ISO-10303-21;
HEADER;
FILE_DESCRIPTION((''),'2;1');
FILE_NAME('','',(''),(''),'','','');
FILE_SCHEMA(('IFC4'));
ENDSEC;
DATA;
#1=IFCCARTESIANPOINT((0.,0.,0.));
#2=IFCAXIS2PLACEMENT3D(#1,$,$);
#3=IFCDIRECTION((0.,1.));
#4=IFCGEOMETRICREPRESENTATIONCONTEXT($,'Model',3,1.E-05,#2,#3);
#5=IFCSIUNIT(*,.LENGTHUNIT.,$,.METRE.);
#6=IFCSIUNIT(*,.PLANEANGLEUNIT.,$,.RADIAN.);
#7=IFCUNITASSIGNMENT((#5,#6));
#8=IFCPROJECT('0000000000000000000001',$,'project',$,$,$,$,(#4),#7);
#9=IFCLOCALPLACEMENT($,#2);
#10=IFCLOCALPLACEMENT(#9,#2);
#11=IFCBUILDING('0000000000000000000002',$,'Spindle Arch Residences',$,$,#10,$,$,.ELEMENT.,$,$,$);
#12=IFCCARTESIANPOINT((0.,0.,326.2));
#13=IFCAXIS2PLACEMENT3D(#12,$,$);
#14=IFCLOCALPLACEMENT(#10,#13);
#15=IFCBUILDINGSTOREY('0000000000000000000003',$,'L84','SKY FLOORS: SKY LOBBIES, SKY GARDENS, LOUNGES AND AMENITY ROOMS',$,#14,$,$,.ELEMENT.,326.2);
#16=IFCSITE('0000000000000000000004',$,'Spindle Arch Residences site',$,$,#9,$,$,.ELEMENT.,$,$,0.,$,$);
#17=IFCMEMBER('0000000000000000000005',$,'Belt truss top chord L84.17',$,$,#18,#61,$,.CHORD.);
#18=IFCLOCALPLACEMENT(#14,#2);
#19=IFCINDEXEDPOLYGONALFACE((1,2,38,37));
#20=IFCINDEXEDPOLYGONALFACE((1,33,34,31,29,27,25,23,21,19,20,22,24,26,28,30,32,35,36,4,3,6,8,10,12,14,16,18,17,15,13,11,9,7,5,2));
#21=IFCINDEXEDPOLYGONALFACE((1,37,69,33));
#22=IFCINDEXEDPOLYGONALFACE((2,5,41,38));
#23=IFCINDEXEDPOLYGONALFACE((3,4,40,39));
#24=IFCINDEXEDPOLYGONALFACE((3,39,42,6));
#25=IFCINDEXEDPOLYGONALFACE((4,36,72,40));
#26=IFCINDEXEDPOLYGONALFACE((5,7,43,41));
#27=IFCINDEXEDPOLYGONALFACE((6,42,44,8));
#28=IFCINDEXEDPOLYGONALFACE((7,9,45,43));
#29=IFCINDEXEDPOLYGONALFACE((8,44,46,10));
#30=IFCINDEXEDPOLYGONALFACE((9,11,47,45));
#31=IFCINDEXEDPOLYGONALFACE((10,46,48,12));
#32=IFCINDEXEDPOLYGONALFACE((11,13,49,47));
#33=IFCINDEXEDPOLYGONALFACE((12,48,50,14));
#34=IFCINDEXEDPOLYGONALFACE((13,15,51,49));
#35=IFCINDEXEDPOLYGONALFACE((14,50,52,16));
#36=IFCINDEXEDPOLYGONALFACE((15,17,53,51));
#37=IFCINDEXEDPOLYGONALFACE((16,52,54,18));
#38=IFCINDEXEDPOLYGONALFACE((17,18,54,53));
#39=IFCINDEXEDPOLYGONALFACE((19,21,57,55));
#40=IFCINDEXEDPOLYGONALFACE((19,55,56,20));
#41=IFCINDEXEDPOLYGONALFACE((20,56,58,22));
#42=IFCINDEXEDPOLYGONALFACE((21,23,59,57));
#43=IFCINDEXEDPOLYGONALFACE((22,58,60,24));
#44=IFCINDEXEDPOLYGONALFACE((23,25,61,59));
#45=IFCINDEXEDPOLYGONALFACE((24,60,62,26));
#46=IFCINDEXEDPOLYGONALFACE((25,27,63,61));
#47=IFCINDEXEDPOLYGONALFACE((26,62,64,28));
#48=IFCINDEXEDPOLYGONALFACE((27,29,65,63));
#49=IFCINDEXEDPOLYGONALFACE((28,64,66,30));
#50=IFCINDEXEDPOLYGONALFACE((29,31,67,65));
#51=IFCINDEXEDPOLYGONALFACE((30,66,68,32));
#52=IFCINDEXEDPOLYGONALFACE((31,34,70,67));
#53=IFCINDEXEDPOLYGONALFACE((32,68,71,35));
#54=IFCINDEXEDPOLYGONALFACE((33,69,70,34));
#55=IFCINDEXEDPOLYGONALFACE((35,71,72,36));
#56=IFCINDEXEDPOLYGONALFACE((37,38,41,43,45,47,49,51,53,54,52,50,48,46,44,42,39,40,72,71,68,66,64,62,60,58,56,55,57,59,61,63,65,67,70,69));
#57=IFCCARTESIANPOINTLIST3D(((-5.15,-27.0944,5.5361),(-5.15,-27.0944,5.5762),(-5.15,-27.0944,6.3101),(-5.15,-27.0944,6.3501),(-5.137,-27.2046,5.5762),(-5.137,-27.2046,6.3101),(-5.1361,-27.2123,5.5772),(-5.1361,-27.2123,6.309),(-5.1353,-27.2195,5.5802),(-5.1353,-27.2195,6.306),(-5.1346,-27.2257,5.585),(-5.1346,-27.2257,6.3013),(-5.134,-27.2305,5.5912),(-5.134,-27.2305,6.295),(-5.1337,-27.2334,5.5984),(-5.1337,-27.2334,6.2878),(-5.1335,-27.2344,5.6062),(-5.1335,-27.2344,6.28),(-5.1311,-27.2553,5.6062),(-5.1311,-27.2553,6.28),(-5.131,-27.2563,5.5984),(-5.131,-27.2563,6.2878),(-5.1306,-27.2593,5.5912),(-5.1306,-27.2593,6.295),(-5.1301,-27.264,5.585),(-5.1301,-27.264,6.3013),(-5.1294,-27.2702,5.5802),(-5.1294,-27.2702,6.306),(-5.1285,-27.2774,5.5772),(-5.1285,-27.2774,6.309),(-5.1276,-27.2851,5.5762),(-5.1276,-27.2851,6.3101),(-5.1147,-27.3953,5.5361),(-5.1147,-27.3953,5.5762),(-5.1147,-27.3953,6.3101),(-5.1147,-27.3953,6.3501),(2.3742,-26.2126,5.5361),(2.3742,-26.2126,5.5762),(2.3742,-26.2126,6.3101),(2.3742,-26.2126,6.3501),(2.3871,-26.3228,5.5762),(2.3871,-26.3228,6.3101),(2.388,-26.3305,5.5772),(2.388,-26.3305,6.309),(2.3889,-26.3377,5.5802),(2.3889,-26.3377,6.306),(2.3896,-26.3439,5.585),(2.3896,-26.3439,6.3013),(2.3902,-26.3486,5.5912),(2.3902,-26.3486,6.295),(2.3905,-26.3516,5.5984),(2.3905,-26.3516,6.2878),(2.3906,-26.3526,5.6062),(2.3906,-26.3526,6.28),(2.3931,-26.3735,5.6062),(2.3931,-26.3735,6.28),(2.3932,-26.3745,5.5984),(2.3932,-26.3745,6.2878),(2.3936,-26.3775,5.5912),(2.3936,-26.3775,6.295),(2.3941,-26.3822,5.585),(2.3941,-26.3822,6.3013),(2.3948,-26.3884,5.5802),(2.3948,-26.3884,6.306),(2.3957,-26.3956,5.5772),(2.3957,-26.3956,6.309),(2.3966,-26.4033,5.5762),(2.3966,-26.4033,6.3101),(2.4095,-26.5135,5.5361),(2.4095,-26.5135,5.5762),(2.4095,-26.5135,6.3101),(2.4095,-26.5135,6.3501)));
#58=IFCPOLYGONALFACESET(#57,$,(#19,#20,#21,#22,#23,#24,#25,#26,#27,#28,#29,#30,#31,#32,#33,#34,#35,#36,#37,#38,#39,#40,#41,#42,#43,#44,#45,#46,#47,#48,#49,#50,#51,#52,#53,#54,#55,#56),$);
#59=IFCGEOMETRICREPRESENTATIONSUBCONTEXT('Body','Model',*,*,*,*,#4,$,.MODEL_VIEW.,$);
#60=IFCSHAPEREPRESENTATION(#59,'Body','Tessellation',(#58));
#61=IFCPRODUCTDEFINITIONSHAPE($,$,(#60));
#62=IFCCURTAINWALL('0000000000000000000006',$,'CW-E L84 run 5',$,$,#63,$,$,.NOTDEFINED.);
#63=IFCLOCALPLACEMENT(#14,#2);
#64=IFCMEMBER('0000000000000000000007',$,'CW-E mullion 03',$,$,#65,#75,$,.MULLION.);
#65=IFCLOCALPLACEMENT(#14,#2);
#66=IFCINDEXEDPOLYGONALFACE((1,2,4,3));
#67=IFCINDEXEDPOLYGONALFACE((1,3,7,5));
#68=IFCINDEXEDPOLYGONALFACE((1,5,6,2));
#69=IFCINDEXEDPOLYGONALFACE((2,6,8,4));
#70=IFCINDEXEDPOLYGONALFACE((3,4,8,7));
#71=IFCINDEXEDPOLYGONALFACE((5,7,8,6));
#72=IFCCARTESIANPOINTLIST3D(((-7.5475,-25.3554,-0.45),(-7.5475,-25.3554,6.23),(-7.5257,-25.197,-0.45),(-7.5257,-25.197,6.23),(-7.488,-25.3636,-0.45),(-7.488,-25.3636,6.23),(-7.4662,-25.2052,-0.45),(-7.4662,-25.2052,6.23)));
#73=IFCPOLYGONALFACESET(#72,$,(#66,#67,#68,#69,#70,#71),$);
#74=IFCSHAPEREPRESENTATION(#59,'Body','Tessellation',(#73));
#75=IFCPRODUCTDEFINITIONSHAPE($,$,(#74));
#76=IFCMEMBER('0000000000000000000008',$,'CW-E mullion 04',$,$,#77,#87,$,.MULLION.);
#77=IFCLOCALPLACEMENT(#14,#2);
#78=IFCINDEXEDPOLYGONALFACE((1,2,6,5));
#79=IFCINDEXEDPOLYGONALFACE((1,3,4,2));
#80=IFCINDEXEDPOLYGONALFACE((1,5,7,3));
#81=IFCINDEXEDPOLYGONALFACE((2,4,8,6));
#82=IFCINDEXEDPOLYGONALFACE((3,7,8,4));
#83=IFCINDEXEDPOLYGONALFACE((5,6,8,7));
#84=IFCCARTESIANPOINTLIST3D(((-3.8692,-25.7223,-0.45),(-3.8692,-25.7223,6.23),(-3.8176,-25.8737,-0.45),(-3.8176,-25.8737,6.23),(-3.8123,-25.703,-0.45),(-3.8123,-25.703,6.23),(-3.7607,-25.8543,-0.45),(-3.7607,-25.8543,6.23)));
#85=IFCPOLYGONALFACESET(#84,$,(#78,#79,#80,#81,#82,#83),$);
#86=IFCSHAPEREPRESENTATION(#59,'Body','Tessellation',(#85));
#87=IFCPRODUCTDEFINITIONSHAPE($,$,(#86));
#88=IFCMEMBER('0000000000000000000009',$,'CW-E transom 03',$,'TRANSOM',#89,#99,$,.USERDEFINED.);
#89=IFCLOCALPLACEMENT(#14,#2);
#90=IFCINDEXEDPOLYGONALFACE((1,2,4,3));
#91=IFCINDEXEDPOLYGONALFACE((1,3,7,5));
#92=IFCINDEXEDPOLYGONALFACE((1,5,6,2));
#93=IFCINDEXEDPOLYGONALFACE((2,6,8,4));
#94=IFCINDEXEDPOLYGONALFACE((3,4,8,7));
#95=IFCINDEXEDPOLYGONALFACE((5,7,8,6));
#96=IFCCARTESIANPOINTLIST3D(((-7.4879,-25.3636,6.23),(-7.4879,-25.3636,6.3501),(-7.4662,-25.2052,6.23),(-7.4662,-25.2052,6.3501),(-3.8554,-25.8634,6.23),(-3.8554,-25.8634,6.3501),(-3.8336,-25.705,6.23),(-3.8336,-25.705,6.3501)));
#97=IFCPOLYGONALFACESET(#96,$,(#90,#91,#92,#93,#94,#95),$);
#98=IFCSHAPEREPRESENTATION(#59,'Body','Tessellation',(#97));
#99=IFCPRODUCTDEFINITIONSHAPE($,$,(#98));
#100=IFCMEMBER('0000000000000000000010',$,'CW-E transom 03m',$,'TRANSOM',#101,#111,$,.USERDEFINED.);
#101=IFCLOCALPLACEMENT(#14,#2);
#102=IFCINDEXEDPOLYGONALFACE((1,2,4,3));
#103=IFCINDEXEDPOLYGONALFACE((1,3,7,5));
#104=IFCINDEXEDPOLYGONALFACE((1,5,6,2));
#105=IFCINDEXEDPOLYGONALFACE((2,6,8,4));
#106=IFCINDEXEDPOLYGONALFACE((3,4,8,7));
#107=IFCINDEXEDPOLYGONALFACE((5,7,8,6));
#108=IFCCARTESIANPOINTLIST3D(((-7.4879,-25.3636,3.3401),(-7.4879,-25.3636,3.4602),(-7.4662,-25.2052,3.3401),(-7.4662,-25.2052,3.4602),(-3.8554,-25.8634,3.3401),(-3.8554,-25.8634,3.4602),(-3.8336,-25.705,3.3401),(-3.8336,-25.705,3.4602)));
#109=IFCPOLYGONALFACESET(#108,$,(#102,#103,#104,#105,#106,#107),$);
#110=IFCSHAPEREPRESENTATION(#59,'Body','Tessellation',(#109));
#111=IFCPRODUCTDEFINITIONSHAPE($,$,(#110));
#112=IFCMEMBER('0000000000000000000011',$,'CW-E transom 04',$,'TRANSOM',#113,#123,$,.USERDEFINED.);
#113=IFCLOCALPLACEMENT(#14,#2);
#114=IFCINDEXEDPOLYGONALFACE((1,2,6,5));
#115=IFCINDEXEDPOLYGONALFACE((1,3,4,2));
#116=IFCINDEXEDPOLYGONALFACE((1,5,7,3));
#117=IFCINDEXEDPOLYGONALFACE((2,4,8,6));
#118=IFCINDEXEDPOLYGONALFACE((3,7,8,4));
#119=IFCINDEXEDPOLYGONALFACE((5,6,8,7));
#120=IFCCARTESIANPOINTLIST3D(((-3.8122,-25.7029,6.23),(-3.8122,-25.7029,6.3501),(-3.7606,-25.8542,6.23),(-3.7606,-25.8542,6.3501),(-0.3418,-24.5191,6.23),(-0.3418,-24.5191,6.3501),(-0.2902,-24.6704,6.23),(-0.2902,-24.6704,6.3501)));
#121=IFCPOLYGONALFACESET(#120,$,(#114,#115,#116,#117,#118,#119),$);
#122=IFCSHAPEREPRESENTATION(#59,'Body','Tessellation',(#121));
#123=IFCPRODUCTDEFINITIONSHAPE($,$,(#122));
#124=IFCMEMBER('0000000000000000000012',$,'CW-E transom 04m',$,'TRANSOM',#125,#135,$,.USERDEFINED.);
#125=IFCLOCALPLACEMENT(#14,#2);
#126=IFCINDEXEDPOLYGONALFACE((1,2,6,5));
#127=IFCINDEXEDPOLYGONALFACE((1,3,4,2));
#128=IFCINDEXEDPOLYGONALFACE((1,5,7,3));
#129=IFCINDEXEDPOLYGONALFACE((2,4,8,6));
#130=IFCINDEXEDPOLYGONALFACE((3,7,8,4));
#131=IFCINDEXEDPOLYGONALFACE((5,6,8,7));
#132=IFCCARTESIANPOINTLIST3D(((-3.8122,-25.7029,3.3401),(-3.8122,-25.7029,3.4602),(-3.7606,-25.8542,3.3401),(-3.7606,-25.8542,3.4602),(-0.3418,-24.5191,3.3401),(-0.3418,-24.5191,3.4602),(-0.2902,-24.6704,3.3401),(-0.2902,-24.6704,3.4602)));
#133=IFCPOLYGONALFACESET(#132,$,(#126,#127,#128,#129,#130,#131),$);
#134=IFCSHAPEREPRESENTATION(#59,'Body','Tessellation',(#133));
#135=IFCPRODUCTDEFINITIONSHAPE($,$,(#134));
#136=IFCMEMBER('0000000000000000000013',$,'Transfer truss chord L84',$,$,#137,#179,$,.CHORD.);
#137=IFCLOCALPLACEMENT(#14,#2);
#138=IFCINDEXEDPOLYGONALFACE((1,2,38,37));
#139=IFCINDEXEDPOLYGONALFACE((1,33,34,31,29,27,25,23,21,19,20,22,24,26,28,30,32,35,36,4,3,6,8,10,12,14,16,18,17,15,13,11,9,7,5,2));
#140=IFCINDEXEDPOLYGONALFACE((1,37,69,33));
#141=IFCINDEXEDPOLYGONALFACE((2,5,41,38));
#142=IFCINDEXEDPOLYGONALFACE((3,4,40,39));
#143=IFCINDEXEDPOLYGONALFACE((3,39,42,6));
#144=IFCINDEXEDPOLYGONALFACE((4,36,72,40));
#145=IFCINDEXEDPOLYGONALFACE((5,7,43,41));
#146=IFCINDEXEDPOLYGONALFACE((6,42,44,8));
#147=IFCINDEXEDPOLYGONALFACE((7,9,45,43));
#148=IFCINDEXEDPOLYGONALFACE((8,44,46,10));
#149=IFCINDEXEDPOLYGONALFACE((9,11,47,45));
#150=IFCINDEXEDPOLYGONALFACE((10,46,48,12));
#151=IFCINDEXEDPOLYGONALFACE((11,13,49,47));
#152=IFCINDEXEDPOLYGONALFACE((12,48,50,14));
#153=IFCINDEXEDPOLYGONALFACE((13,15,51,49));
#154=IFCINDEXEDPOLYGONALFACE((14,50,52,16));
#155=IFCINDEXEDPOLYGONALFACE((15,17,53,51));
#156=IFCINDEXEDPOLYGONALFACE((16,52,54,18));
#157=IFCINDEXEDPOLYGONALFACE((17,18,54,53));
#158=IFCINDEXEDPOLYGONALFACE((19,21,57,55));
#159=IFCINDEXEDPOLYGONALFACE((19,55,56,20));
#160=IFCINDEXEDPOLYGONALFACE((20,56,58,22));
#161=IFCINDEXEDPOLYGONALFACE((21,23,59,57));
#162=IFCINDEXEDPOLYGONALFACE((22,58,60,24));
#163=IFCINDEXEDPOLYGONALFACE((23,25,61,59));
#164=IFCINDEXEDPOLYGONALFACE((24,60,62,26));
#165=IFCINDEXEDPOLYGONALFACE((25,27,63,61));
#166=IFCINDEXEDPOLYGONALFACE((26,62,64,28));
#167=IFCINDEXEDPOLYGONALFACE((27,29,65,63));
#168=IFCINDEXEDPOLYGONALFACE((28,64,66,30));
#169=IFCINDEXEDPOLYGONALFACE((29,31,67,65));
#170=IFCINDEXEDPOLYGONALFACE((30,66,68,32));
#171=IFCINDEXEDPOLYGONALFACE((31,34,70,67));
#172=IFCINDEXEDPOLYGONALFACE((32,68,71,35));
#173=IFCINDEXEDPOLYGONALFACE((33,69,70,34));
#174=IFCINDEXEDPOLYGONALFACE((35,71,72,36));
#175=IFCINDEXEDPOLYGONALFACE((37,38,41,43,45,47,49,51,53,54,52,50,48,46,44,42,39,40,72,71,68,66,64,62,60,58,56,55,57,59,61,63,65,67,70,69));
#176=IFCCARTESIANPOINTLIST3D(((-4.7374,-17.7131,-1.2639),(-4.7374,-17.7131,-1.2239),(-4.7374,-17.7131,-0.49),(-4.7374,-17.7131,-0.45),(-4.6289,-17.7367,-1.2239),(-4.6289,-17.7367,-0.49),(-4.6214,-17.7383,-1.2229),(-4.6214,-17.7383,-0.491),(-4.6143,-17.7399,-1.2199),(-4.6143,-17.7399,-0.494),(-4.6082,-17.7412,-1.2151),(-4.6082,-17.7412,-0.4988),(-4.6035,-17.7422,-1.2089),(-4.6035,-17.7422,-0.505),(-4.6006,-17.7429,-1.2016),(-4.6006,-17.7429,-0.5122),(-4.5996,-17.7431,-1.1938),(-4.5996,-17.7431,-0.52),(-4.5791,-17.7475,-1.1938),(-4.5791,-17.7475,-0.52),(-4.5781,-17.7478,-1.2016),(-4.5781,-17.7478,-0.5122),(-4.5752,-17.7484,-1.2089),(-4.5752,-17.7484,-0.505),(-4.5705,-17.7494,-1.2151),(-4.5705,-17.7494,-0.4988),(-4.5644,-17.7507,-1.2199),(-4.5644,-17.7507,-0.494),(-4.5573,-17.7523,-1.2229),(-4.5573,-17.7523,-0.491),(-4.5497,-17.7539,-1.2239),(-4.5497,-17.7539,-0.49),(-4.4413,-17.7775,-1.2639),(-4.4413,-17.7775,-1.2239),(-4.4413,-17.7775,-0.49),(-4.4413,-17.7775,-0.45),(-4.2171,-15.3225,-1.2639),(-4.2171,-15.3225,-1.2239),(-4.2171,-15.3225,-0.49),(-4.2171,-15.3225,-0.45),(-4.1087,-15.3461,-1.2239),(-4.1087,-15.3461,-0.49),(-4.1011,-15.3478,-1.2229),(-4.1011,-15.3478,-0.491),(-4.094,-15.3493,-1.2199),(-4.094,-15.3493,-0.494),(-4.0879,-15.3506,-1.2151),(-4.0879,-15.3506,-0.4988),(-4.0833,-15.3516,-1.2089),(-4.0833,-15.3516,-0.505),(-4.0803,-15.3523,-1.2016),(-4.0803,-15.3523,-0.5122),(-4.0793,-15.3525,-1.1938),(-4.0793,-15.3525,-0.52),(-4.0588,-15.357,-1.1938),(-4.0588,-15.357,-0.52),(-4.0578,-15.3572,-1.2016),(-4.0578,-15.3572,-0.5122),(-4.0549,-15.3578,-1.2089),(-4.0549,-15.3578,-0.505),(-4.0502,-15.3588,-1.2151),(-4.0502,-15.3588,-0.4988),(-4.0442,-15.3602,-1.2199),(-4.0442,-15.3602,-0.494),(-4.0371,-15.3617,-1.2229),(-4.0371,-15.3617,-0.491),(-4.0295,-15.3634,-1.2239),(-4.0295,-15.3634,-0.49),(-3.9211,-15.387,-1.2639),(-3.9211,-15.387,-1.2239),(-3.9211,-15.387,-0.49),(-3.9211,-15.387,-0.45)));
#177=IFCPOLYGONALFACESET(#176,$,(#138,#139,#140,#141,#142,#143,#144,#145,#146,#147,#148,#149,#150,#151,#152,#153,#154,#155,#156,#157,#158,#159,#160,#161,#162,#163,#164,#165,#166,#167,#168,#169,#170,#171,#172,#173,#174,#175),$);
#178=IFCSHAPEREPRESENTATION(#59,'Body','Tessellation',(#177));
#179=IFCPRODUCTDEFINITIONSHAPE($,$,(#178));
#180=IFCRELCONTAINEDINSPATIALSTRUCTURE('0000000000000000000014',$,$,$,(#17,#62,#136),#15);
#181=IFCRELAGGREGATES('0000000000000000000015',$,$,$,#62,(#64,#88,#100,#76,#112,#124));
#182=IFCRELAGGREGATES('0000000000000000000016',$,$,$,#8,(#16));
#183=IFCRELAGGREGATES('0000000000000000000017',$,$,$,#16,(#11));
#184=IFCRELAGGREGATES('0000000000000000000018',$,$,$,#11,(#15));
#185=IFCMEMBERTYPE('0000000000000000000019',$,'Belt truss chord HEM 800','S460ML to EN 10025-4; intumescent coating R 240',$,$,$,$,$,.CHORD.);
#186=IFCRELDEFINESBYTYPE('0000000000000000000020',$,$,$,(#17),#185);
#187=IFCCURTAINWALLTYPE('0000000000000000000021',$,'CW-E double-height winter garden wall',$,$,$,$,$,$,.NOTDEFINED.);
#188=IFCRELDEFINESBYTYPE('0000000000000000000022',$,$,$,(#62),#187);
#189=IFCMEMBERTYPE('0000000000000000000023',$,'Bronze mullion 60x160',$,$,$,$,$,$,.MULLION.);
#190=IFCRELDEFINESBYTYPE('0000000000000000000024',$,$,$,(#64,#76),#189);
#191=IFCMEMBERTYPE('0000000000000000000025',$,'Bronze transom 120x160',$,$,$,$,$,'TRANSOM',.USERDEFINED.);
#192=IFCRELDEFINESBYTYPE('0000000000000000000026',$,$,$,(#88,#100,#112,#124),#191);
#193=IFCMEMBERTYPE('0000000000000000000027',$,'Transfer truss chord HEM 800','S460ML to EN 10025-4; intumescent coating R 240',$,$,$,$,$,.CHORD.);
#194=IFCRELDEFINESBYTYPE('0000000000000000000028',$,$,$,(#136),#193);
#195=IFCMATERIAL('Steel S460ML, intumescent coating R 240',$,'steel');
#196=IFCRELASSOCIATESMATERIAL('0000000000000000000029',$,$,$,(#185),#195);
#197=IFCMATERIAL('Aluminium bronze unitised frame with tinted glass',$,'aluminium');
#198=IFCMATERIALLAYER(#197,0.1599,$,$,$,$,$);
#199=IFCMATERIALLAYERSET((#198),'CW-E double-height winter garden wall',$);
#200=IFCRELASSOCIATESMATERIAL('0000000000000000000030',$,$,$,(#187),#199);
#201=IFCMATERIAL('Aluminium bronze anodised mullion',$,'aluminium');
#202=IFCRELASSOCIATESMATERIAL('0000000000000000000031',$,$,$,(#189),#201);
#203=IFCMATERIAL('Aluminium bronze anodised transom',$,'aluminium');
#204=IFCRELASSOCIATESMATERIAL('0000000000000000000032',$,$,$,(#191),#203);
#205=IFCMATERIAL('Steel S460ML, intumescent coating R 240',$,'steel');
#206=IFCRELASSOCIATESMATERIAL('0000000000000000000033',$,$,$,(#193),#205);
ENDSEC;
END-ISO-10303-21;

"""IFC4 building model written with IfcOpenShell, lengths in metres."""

from ifc_helpers import new_model, si_unit, direction, frame, origin, origin_2d, place, context, subcontext, project, spatial, rectangle, i_section, extrude, material, layer, layer_set, material_profile, profile_set, type_object, element, aggregate, save


model = new_model("IFC4")

# Units and contexts
model_context = context("Model", 3, precision=1e-05, world=origin(), true_north=direction((0.0, 1.0)))
body_context = subcontext(model_context, "Body", "Model", "MODEL_VIEW")
ifc_project = project(units=[si_unit("LENGTHUNIT", "METRE"), si_unit("PLANEANGLEUNIT", "RADIAN")], contexts=[model_context])

# Site, building, storey
site_placement = place(None, origin())
site = spatial("IfcSite", under=ifc_project, at=site_placement, Name="Spindle Arch Residences site", CompositionType="ELEMENT", RefElevation=0.0)
building_placement = place(site_placement, origin())
building = spatial("IfcBuilding", under=site, at=building_placement, Name="Spindle Arch Residences", CompositionType="ELEMENT")
storey_placement = place(building_placement, frame((0.0, 0.0, 326.2)))
storey = spatial("IfcBuildingStorey", under=building, at=storey_placement, Name="L84", Description="SKY FLOORS: SKY LOBBIES, SKY GARDENS, LOUNGES AND AMENITY ROOMS", CompositionType="ELEMENT", Elevation=326.2)

# Member
ifc_material_1 = material(Name="Steel S460ML, intumescent coating R 240", Category="steel")
ifc_material_profile_1 = material_profile(ifc_material_1, i_section(OverallWidth=0.303, OverallDepth=0.814, WebThickness=0.021, FlangeThickness=0.04, FilletRadius=0.03, at=origin_2d()), Name="HEM 800")
ifc_profile_set_1 = profile_set([ifc_material_profile_1], Name="Steel S460ML, intumescent coating R 240")
member_type_1 = type_object("IfcMemberType", Name="Belt truss chord HEM 800", Description="S460ML to EN 10025-4; intumescent coating R 240", PredefinedType="CHORD", material=ifc_profile_set_1)
member_1_placement = place(storey_placement, frame((-5.1323, -27.2449, 5.9431), z_axis=(0.993202, 0.116404, 0.0), x_axis=(-0.116404, 0.993202, 0.0)))
element("IfcMember", 1, at=member_1_placement, inside=storey, type_object=member_type_1, Name="Belt truss top chord L84.17", PredefinedType="CHORD", context=body_context, shape_type="SweptSolid", body=[
    extrude(i_section(OverallWidth=0.303, OverallDepth=0.814, WebThickness=0.021, FlangeThickness=0.04, FilletRadius=0.03, at=origin_2d()), origin(), (0.0, 0.0, 1.0), 7.5757),
])

# Curtain wall, members
ifc_material_2 = material(Name="Aluminium bronze unitised frame with tinted glass", Category="aluminium")
ifc_layer_1 = layer(ifc_material_2, 0.1599)
ifc_layer_set_1 = layer_set([ifc_layer_1], Name="CW-E double-height winter garden wall")
curtain_wall_type = type_object("IfcCurtainWallType", Name="CW-E double-height winter garden wall", PredefinedType="NOTDEFINED", material=ifc_layer_set_1)
curtain_wall_placement = place(storey_placement, origin())
curtain_wall = element("IfcCurtainWall", 2, at=curtain_wall_placement, inside=storey, type_object=curtain_wall_type, Name="CW-E L84 run 5", PredefinedType="NOTDEFINED")
ifc_material_3 = material(Name="Aluminium bronze anodised mullion", Category="aluminium")
ifc_material_profile_2 = material_profile(ifc_material_3, rectangle(XDim=0.1599, YDim=0.0601, at=origin_2d()), Name="MU 60x160")
ifc_profile_set_2 = profile_set([ifc_material_profile_2], Name="Aluminium bronze anodised mullion")
member_type_2 = type_object("IfcMemberType", Name="Bronze mullion 60x160", PredefinedType="MULLION", material=ifc_profile_set_2)
member_2_placement = place(storey_placement, frame((-7.5068, -25.2803, -0.45), z_axis=(0.0, 0.0, 1.0), x_axis=(0.136292, 0.990669, 0.0)))
member_2 = element("IfcMember", 3, at=member_2_placement, type_object=member_type_2, Name="CW-E mullion 03", PredefinedType="MULLION", context=body_context, shape_type="SweptSolid", body=[
    extrude(rectangle(XDim=0.1599, YDim=0.0601, at=origin_2d()), origin(), (0.0, 0.0, 1.0), 6.6799),
])
member_3_placement = place(storey_placement, frame((-3.8149, -25.7883, -0.45), z_axis=(0.0, 0.0, 1.0), x_axis=(-0.322816, 0.946462, 0.0)))
member_3 = element("IfcMember", 4, at=member_3_placement, type_object=member_type_2, Name="CW-E mullion 04", PredefinedType="MULLION", context=body_context, shape_type="SweptSolid", body=[
    extrude(rectangle(XDim=0.1599, YDim=0.0601, at=origin_2d()), origin(), (0.0, 0.0, 1.0), 6.6799),
])
ifc_material_4 = material(Name="Aluminium bronze anodised transom", Category="aluminium")
ifc_material_profile_3 = material_profile(ifc_material_4, rectangle(XDim=0.1599, YDim=0.1201, at=origin_2d()), Name="TR 120x160")
ifc_profile_set_3 = profile_set([ifc_material_profile_3], Name="Aluminium bronze anodised transom")
member_type_3 = type_object("IfcMemberType", Name="Bronze transom 120x160", ElementType="TRANSOM", PredefinedType="USERDEFINED", material=ifc_profile_set_3)
member_4_placement = place(storey_placement, frame((-7.4771, -25.2844, 6.29), z_axis=(0.990669, -0.136293, 0.0), x_axis=(0.136293, 0.990669, 0.0)))
member_4 = element("IfcMember", 5, at=member_4_placement, type_object=member_type_3, Name="CW-E transom 03", ObjectType="TRANSOM", PredefinedType="USERDEFINED", context=body_context, shape_type="SweptSolid", body=[
    extrude(rectangle(XDim=0.1599, YDim=0.1201, at=origin_2d()), origin(), (0.0, 0.0, 1.0), 3.6667),
])
member_5_placement = place(storey_placement, frame((-7.4771, -25.2844, 3.4001), z_axis=(0.990669, -0.136293, 0.0), x_axis=(0.136293, 0.990669, 0.0)))
member_5 = element("IfcMember", 6, at=member_5_placement, type_object=member_type_3, Name="CW-E transom 03m", ObjectType="TRANSOM", PredefinedType="USERDEFINED", context=body_context, shape_type="SweptSolid", body=[
    extrude(rectangle(XDim=0.1599, YDim=0.1201, at=origin_2d()), origin(), (0.0, 0.0, 1.0), 3.6667),
])
member_6_placement = place(storey_placement, frame((-3.7864, -25.7786, 6.29), z_axis=(0.94645, 0.322852, 0.0), x_axis=(-0.322852, 0.94645, 0.0)))
member_6 = element("IfcMember", 7, at=member_6_placement, type_object=member_type_3, Name="CW-E transom 04", ObjectType="TRANSOM", PredefinedType="USERDEFINED", context=body_context, shape_type="SweptSolid", body=[
    extrude(rectangle(XDim=0.1599, YDim=0.1201, at=origin_2d()), origin(), (0.0, 0.0, 1.0), 3.6667),
])
member_7_placement = place(storey_placement, frame((-3.7864, -25.7786, 3.4001), z_axis=(0.94645, 0.322852, 0.0), x_axis=(-0.322852, 0.94645, 0.0)))
member_7 = element("IfcMember", 8, at=member_7_placement, type_object=member_type_3, Name="CW-E transom 04m", ObjectType="TRANSOM", PredefinedType="USERDEFINED", context=body_context, shape_type="SweptSolid", body=[
    extrude(rectangle(XDim=0.1599, YDim=0.1201, at=origin_2d()), origin(), (0.0, 0.0, 1.0), 3.6667),
])

# Member
ifc_material_5 = material(Name="Steel S460ML, intumescent coating R 240", Category="steel")
ifc_material_profile_4 = material_profile(ifc_material_5, i_section(OverallWidth=0.303, OverallDepth=0.814, WebThickness=0.021, FlangeThickness=0.04, FilletRadius=0.03, at=origin_2d()), Name="HEM 800")
ifc_profile_set_4 = profile_set([ifc_material_profile_4], Name="Steel S460ML, intumescent coating R 240")
member_type_4 = type_object("IfcMemberType", Name="Transfer truss chord HEM 800", Description="S460ML to EN 10025-4; intumescent coating R 240", PredefinedType="CHORD", material=ifc_profile_set_4)
for number, where, z_axis, x_axis, name in (
    (9, (-4.0691, -15.3547, -0.8569), (-0.212649, -0.977129, 0.0), (0.977129, -0.212649, 0.0), "Transfer truss chord L84"),
):
    element("IfcMember", number, at=place(storey_placement, frame(where, z_axis=z_axis, x_axis=x_axis)), inside=storey, type_object=member_type_4, Name=name, PredefinedType="CHORD", context=body_context, shape_type="SweptSolid", body=[
        extrude(i_section(OverallWidth=0.303, OverallDepth=0.814, WebThickness=0.021, FlangeThickness=0.04, FilletRadius=0.03, at=origin_2d()), origin(), (0.0, 0.0, 1.0), 2.4465),
    ])

aggregate(curtain_wall, [member_2, member_4, member_5, member_3, member_6, member_7])

save(model, "model.ifc")
